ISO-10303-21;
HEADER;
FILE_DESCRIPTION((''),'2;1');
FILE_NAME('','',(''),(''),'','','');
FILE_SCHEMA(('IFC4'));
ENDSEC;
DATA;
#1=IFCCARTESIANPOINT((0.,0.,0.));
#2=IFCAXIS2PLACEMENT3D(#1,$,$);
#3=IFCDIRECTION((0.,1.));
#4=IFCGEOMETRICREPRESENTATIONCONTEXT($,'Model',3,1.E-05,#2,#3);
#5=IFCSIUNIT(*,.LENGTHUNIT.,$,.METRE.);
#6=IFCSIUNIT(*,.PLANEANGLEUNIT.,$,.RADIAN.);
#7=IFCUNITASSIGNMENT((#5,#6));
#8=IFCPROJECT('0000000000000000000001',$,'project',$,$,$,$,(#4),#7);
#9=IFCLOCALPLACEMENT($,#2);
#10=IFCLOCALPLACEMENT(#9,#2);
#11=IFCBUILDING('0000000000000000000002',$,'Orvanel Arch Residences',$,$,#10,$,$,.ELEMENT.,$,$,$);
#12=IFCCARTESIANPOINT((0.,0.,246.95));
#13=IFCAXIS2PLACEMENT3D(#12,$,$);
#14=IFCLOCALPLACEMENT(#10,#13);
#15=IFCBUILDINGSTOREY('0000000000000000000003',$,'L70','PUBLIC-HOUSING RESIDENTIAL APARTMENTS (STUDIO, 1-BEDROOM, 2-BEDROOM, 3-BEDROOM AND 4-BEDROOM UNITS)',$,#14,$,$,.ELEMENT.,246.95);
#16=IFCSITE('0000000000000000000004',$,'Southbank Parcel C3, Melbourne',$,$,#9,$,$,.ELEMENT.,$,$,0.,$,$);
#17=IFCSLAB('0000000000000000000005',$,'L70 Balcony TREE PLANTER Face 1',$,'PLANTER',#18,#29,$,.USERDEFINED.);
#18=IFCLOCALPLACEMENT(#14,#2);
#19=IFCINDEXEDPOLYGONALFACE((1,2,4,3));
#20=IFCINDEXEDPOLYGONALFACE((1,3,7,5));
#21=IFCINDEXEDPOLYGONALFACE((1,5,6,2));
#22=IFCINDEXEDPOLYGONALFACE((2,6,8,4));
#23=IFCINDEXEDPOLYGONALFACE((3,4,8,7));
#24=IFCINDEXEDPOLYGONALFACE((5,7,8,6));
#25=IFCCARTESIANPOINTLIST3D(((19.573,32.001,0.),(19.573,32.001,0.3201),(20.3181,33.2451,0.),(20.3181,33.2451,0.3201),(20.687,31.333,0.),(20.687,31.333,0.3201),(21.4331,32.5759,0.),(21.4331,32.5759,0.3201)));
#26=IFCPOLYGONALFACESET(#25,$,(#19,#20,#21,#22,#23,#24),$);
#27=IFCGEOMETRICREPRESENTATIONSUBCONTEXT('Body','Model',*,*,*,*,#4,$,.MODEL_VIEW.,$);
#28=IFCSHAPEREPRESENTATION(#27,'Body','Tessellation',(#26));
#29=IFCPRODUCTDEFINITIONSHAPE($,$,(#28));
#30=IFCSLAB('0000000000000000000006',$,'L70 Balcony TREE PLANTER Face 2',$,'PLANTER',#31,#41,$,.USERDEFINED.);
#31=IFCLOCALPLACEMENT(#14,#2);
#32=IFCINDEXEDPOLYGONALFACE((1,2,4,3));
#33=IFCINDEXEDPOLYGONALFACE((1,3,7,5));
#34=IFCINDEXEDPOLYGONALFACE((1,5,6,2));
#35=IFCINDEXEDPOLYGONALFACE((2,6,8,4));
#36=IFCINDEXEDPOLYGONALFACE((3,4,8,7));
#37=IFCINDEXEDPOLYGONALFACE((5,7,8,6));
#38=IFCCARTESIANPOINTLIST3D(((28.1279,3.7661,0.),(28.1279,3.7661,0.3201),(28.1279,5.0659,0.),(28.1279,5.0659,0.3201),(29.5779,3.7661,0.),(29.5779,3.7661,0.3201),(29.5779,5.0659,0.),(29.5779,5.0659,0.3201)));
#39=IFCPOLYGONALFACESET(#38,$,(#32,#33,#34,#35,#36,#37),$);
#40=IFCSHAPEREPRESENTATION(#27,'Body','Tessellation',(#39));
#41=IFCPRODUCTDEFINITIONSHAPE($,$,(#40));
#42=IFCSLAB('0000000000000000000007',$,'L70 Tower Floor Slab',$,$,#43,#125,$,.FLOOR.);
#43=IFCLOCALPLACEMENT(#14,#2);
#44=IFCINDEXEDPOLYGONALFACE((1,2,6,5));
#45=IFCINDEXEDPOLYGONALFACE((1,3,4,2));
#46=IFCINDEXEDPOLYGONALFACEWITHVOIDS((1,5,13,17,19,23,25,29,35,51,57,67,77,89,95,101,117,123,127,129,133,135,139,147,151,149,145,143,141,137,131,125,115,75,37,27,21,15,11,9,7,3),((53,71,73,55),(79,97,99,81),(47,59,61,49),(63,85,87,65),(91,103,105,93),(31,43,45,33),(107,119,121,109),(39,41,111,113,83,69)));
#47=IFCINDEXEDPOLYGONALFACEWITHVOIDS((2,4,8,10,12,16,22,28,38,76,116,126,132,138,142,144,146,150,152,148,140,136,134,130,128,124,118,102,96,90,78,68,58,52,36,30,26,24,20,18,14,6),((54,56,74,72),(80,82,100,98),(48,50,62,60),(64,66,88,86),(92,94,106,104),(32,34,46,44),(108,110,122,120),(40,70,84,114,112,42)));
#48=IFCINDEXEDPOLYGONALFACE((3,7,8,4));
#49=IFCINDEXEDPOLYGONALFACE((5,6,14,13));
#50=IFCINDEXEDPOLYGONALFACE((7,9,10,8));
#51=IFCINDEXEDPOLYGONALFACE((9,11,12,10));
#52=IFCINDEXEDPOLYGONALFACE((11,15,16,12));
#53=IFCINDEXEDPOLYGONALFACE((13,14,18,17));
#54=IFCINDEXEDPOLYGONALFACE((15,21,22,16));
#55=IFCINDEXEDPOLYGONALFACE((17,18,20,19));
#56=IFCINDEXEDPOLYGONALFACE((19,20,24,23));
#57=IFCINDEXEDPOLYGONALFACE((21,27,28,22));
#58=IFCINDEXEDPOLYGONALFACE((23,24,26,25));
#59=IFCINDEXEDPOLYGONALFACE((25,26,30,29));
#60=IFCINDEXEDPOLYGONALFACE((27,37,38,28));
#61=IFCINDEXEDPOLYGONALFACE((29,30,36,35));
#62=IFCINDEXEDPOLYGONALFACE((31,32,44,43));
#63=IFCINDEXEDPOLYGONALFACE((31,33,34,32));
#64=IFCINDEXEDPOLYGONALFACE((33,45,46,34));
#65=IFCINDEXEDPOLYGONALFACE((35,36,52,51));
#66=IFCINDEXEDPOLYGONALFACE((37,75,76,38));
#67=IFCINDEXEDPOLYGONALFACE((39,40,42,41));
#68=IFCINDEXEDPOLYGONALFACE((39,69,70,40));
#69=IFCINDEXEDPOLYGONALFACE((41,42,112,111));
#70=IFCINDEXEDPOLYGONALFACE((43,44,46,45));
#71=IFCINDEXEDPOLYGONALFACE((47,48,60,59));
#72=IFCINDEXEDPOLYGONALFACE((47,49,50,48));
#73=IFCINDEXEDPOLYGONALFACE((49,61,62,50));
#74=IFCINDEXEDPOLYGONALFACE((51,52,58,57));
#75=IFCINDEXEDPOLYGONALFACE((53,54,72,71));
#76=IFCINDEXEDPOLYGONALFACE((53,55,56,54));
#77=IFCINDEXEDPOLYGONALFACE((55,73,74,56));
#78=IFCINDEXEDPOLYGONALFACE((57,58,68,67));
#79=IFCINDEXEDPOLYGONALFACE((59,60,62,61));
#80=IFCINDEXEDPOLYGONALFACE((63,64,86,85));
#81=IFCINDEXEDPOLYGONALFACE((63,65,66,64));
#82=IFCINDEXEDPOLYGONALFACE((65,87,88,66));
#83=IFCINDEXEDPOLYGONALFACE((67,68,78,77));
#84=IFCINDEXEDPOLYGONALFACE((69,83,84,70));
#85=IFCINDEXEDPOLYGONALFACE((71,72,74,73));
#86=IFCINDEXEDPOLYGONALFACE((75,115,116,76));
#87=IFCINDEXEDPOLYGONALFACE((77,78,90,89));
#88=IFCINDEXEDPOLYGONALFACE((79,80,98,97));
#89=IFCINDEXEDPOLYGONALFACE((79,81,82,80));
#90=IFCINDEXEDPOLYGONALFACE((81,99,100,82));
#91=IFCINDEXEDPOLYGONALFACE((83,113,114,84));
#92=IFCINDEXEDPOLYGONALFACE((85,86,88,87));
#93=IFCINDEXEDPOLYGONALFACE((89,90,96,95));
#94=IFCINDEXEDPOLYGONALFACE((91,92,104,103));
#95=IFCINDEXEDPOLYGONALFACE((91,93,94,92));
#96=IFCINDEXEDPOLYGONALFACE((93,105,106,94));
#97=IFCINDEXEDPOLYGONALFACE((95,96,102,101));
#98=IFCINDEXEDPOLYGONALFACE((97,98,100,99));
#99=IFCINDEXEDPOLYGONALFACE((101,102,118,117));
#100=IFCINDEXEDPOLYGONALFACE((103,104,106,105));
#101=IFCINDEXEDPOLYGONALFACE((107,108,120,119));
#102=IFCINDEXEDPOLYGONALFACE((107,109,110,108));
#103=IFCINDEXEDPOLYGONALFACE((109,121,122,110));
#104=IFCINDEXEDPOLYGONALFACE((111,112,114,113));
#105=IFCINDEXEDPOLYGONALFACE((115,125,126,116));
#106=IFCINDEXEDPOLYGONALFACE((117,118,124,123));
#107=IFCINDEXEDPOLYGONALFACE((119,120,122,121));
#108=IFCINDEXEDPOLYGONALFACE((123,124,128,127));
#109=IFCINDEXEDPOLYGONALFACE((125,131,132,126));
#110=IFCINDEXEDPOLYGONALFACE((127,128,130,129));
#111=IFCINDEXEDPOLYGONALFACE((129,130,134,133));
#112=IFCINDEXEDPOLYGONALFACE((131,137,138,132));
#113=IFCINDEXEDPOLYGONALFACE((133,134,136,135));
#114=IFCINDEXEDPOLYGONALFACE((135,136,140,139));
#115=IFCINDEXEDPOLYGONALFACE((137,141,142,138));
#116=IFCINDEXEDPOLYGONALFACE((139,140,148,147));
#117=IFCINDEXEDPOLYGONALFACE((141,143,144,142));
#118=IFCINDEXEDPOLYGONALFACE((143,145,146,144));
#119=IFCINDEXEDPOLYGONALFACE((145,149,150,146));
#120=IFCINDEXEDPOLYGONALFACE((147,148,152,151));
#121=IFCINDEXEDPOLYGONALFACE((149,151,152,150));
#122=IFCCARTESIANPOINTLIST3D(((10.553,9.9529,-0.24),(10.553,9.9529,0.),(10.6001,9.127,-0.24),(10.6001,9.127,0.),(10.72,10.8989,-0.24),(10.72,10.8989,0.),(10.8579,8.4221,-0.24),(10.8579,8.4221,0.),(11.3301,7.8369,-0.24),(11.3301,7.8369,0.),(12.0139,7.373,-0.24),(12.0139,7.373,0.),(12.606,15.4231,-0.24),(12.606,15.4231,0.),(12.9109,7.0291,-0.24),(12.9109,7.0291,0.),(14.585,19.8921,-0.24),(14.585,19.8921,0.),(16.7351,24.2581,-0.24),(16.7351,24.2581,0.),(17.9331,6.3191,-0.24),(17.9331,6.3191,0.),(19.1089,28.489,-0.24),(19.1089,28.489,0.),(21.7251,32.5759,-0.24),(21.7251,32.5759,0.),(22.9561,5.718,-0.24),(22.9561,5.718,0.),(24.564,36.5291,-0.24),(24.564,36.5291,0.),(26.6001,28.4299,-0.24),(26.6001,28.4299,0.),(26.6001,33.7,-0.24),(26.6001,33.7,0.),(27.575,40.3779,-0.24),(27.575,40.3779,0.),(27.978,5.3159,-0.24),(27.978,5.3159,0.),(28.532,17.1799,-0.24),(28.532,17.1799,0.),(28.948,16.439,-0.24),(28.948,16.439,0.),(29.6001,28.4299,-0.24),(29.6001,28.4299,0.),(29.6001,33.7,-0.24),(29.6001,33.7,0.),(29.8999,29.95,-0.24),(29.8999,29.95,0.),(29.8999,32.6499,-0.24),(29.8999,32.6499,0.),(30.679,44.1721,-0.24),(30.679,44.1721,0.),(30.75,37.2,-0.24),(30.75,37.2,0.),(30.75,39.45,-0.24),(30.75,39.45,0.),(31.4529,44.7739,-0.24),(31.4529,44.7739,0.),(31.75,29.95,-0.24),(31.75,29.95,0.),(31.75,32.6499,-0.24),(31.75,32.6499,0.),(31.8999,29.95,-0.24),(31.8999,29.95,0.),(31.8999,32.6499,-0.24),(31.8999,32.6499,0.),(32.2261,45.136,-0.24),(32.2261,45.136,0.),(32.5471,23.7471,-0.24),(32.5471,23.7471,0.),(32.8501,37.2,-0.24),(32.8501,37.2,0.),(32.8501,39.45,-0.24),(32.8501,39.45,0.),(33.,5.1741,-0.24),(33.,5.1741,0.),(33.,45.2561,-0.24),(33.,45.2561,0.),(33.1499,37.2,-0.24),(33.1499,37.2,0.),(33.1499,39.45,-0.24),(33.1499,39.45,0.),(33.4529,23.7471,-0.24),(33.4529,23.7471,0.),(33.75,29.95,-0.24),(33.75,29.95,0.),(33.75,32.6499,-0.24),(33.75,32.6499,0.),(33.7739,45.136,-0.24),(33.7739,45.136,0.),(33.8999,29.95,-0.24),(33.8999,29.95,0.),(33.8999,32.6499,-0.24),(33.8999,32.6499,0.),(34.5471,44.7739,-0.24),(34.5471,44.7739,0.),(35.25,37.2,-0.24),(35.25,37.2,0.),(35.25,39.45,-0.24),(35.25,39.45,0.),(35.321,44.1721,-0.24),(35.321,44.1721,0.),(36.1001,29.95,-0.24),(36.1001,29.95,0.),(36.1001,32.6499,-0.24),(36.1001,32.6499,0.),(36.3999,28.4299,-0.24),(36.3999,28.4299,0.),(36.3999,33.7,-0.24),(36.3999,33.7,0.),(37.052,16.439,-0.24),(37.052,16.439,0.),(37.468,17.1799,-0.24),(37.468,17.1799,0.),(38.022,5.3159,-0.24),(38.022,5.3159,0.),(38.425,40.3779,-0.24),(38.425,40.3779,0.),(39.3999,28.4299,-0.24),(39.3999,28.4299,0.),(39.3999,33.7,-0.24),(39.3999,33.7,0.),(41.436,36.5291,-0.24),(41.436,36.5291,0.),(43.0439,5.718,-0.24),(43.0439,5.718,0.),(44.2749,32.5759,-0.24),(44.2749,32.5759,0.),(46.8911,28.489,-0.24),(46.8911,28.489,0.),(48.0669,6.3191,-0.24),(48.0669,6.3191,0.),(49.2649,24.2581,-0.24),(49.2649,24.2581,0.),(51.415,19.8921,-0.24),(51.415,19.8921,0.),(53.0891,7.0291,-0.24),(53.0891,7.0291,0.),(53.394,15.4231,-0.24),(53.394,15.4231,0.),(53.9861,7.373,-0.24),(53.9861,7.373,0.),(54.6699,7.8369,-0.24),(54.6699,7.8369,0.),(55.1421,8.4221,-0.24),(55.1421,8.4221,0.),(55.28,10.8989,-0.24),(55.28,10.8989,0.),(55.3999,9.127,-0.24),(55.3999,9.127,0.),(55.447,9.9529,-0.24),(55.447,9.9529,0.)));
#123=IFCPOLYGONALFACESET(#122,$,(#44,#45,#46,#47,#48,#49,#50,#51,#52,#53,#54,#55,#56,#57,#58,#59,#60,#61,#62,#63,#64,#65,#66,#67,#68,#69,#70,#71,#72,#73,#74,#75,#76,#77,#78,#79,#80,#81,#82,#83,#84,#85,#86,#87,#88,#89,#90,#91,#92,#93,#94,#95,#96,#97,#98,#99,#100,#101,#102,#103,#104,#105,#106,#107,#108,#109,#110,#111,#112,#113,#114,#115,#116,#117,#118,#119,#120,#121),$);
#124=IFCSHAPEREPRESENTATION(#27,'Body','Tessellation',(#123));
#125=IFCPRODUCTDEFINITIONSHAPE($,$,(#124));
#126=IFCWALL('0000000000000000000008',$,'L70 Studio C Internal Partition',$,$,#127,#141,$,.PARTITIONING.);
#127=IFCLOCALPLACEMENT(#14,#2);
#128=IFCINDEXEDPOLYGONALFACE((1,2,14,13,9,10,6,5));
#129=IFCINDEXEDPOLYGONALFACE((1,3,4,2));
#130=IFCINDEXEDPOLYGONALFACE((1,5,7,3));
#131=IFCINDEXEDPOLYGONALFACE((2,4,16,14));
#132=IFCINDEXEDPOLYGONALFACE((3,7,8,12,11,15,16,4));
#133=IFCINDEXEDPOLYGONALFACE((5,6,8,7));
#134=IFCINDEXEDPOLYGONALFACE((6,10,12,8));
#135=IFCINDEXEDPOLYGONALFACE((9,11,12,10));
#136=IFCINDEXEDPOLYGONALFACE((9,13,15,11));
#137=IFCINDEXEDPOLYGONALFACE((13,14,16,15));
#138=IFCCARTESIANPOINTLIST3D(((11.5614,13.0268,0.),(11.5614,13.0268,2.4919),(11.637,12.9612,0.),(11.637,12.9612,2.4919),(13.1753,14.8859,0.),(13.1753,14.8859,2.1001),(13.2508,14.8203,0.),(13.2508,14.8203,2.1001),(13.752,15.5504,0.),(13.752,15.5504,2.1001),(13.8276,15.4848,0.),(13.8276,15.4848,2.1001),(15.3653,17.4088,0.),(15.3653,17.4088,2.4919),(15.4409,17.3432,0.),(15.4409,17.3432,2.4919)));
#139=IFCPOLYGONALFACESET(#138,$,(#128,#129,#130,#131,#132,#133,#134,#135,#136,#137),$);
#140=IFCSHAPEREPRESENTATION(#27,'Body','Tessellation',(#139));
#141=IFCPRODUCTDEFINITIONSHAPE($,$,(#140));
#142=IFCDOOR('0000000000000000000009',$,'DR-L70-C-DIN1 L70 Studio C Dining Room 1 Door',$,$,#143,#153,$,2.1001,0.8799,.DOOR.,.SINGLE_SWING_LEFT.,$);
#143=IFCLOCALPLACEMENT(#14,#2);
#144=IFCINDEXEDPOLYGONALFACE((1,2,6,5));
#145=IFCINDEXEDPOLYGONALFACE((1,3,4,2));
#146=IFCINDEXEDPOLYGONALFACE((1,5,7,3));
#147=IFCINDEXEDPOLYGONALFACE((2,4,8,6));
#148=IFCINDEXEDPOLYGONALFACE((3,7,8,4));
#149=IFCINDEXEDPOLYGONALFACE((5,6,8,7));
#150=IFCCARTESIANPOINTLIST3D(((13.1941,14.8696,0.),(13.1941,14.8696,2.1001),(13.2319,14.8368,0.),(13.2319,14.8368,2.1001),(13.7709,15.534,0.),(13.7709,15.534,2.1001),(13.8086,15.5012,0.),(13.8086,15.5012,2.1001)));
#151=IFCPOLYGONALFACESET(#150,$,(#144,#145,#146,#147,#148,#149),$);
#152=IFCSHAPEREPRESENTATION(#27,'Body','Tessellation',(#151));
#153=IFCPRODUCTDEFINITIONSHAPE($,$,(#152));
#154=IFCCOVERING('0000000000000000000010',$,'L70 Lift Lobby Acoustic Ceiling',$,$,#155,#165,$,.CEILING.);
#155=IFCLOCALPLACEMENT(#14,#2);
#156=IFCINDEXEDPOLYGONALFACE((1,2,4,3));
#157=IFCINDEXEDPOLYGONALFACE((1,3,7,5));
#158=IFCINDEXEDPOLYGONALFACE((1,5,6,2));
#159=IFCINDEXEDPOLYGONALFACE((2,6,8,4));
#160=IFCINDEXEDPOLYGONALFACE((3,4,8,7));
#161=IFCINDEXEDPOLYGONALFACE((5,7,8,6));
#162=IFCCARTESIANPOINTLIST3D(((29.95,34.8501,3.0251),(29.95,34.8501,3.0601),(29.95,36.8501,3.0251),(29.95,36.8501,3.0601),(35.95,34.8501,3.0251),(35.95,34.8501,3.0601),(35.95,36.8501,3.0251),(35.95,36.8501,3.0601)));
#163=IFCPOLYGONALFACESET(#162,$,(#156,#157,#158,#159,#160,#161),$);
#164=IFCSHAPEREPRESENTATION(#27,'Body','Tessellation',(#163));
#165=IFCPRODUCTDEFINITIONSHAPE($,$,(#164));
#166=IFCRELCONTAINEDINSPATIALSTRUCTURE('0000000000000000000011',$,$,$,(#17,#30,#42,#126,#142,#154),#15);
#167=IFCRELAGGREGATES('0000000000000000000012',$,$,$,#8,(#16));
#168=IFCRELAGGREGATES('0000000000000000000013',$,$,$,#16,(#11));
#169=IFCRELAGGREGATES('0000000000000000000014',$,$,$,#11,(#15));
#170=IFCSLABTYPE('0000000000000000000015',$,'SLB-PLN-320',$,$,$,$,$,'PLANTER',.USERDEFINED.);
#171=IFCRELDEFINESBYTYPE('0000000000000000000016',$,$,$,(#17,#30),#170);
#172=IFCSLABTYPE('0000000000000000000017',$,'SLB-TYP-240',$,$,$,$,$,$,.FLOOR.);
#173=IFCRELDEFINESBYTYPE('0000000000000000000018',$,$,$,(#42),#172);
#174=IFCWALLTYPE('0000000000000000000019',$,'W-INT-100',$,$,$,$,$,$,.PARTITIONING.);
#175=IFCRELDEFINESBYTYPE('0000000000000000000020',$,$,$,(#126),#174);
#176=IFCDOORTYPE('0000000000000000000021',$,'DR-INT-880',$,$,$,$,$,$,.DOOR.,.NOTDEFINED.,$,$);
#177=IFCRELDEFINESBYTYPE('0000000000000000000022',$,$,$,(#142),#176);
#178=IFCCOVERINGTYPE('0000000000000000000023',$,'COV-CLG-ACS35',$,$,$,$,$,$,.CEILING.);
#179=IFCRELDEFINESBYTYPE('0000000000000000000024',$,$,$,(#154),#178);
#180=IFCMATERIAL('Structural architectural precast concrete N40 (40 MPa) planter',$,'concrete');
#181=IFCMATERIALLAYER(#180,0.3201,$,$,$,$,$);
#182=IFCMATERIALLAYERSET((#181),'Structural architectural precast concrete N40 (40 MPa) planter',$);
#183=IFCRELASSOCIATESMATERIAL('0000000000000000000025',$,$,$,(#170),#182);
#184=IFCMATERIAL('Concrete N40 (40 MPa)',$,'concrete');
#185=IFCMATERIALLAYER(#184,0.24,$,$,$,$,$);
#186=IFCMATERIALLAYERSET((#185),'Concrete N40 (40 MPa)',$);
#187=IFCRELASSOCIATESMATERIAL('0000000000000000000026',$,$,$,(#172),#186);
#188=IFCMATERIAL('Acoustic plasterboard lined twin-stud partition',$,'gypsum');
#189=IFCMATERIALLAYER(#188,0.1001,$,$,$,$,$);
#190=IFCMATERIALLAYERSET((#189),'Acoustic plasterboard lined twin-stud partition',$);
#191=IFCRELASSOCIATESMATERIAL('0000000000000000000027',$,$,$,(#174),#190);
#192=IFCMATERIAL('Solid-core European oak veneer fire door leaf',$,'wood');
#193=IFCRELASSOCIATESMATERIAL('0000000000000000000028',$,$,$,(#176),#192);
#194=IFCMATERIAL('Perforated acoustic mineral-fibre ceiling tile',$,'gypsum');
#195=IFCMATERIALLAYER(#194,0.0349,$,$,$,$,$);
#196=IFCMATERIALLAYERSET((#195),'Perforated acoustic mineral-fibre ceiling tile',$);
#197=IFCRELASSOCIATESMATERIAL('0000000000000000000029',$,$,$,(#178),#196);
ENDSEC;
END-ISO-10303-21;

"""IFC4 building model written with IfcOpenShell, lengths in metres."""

from ifc_helpers import new_model, si_unit, direction, frame, frame_2d, origin, place, context, subcontext, project, spatial, polyline, rectangle, outline, extrude, material, layer, layer_set, type_object, element, fill, save


model = new_model("IFC4")

# Units and contexts
model_context = context("Model", 3, precision=1e-05, world=origin(), true_north=direction((0.0, 1.0)))
body_context = subcontext(model_context, "Body", "Model", "MODEL_VIEW")
ifc_project = project(units=[si_unit("LENGTHUNIT", "METRE"), si_unit("PLANEANGLEUNIT", "RADIAN")], contexts=[model_context])

# Site, building, storey
site_placement = place(None, origin())
site = spatial("IfcSite", under=ifc_project, at=site_placement, Name="Southbank Parcel C3, Melbourne", CompositionType="ELEMENT", RefElevation=0.0)
building_placement = place(site_placement, origin())
building = spatial("IfcBuilding", under=site, at=building_placement, Name="Orvanel Arch Residences", CompositionType="ELEMENT")
storey_placement = place(building_placement, frame((0.0, 0.0, 246.95)))
storey = spatial("IfcBuildingStorey", under=building, at=storey_placement, Name="L70", Description="PUBLIC-HOUSING RESIDENTIAL APARTMENTS (STUDIO, 1-BEDROOM, 2-BEDROOM, 3-BEDROOM AND 4-BEDROOM UNITS)", CompositionType="ELEMENT", Elevation=246.95)

# Shared definitions
ifc_material_1 = material(Name="Concrete N40 (40 MPa)", Category="concrete")

# Slabs
ifc_material_2 = material(Name="Structural architectural precast concrete N40 (40 MPa) planter", Category="concrete")
ifc_layer_1 = layer(ifc_material_2, 0.3201)
ifc_layer_set_1 = layer_set([ifc_layer_1], Name="Structural architectural precast concrete N40 (40 MPa) planter")
slab_type_1 = type_object("IfcSlabType", Name="SLB-PLN-320", ElementType="PLANTER", PredefinedType="USERDEFINED", material=ifc_layer_set_1)
slab_1_placement = place(storey_placement, origin())
element("IfcSlab", 1, at=slab_1_placement, inside=storey, type_object=slab_type_1, Name="L70 Balcony TREE PLANTER Face 1", ObjectType="PLANTER", PredefinedType="USERDEFINED", context=body_context, shape_type="SweptSolid", body=[
    extrude(outline(polyline([(20.3181, 33.2451), (19.573, 32.001), (20.687, 31.333), (21.4331, 32.5759), (20.3181, 33.2451)])), origin(), (0.0, 0.0, 1.0), 0.3201),
])
slab_2_placement = place(storey_placement, origin())
element("IfcSlab", 2, at=slab_2_placement, inside=storey, type_object=slab_type_1, Name="L70 Balcony TREE PLANTER Face 2", ObjectType="PLANTER", PredefinedType="USERDEFINED", context=body_context, shape_type="SweptSolid", body=[
    extrude(outline(polyline([(28.1279, 3.7661), (29.5779, 3.7661), (29.5779, 5.0659), (28.1279, 5.0659), (28.1279, 3.7661)])), origin(), (0.0, 0.0, 1.0), 0.3201),
])
ifc_layer_2 = layer(ifc_material_1, 0.24)
ifc_layer_set_2 = layer_set([ifc_layer_2], Name="Concrete N40 (40 MPa)")
slab_type_2 = type_object("IfcSlabType", Name="SLB-TYP-240", PredefinedType="FLOOR", material=ifc_layer_set_2)
slab_3_placement = place(storey_placement, frame((0.0, 0.0, -0.24)))
element("IfcSlab", 3, at=slab_3_placement, inside=storey, type_object=slab_type_2, Name="L70 Tower Floor Slab", PredefinedType="FLOOR", context=body_context, shape_type="SweptSolid", body=[
    extrude(outline(polyline([(35.321, 44.1721), (34.5471, 44.7739), (33.7739, 45.136), (33.0, 45.2561), (32.2261, 45.136), (31.4529, 44.7739), (30.679, 44.1721), (27.575, 40.3779), (24.564, 36.5291), (21.7251, 32.5759), (19.1089, 28.489), (16.7351, 24.2581), (14.585, 19.8921), (12.606, 15.4231), (10.72, 10.8989), (10.553, 9.9529), (10.6001, 9.127), (10.8579, 8.4221), (11.3301, 7.8369), (12.0139, 7.373), (12.9109, 7.0291), (17.9331, 6.3191), (22.9561, 5.718), (27.978, 5.3159), (33.0, 5.1741), (38.022, 5.3159), (43.0439, 5.718), (48.0669, 6.3191), (53.0891, 7.0291), (53.9861, 7.373), (54.6699, 7.8369), (55.1421, 8.4221), (55.3999, 9.127), (55.447, 9.9529), (55.28, 10.8989), (53.394, 15.4231), (51.415, 19.8921), (49.2649, 24.2581), (46.8911, 28.489), (44.2749, 32.5759), (41.436, 36.5291), (38.425, 40.3779), (35.321, 44.1721)]), holes=[polyline([(26.6001, 28.4299), (26.6001, 33.7), (29.6001, 33.7), (29.6001, 28.4299), (26.6001, 28.4299)]), polyline([(36.3999, 28.4299), (36.3999, 33.7), (39.3999, 33.7), (39.3999, 28.4299), (36.3999, 28.4299)]), polyline([(29.8999, 32.6499), (31.75, 32.6499), (31.75, 29.95), (29.8999, 29.95), (29.8999, 32.6499)]), polyline([(31.8999, 32.6499), (33.75, 32.6499), (33.75, 29.95), (31.8999, 29.95), (31.8999, 32.6499)]), polyline([(33.8999, 32.6499), (36.1001, 32.6499), (36.1001, 29.95), (33.8999, 29.95), (33.8999, 32.6499)]), polyline([(30.75, 39.45), (32.8501, 39.45), (32.8501, 37.2), (30.75, 37.2), (30.75, 39.45)]), polyline([(33.1499, 39.45), (35.25, 39.45), (35.25, 37.2), (33.1499, 37.2), (33.1499, 39.45)]), polyline([(37.468, 17.1799), (37.052, 16.439), (28.948, 16.439), (28.532, 17.1799), (32.5471, 23.7471), (33.4529, 23.7471), (37.468, 17.1799)])]), origin(), (0.0, 0.0, 1.0), 0.24),
])

# Wall, opening, door
ifc_material_3 = material(Name="Acoustic plasterboard lined twin-stud partition", Category="gypsum")
ifc_layer_3 = layer(ifc_material_3, 0.1001)
ifc_layer_set_3 = layer_set([ifc_layer_3], Name="Acoustic plasterboard lined twin-stud partition")
wall_type = type_object("IfcWallType", Name="W-INT-100", PredefinedType="PARTITIONING", material=ifc_layer_set_3)
wall_placement = place(storey_placement, frame((15.4031, 17.376, 0.0), z_axis=(0.0, 0.0, 1.0), x_axis=(-0.655536, -0.755164, 0.0)))
wall = element("IfcWall", 4, at=wall_placement, inside=storey, type_object=wall_type, Name="L70 Studio C Internal Partition", PredefinedType="PARTITIONING", context=body_context, shape_type="SweptSolid", body=[
    extrude(rectangle(XDim=5.8027, YDim=0.1001, at=frame_2d((2.9014, 0.0))), origin(), (0.0, 0.0, 1.0), 2.4919),
])
opening_placement = place(wall_placement, frame((2.4609, 0.0, 0.0)))
opening = element("IfcOpeningElement", 5, at=opening_placement, cuts=wall, PredefinedType="OPENING", context=body_context, shape_type="SweptSolid", body=[
    extrude(rectangle(XDim=0.8799, YDim=2.1001, at=frame_2d((0.4399, 1.05))), frame((0.0, 0.0601, 0.0), z_axis=(0.0, -1.0, 0.0), x_axis=(1.0, 0.0, 0.0)), (0.0, 0.0, 1.0), 0.1201),
])
ifc_material_4 = material(Name="Solid-core European oak veneer fire door leaf", Category="wood")
door_type = type_object("IfcDoorType", Name="DR-INT-880", OperationType="NOTDEFINED", PredefinedType="DOOR", material=ifc_material_4)
door_placement = place(opening_placement, origin())
door = element("IfcDoor", 6, at=door_placement, inside=storey, type_object=door_type, Name="DR-L70-C-DIN1 L70 Studio C Dining Room 1 Door", OperationType="SINGLE_SWING_LEFT", OverallHeight=2.1001, OverallWidth=0.8799, PredefinedType="DOOR", context=body_context, shape_type="SweptSolid", body=[
    extrude(rectangle(XDim=0.8799, YDim=2.1001, at=frame_2d((0.4399, 1.05))), frame((0.0, 0.0249, 0.0), z_axis=(0.0, -1.0, 0.0), x_axis=(1.0, 0.0, 0.0)), (0.0, 0.0, 1.0), 0.05),
])
fill(opening, door)

# Covering
ifc_material_5 = material(Name="Perforated acoustic mineral-fibre ceiling tile", Category="gypsum")
ifc_layer_4 = layer(ifc_material_5, 0.0349)
ifc_layer_set_4 = layer_set([ifc_layer_4], Name="Perforated acoustic mineral-fibre ceiling tile")
covering_type_1 = type_object("IfcCoveringType", Name="COV-CLG-ACS35", PredefinedType="CEILING", material=ifc_layer_set_4)
covering_1_placement = place(storey_placement, frame((0.0, 0.0, 3.0251)))
element("IfcCovering", 7, at=covering_1_placement, inside=storey, type_object=covering_type_1, Name="L70 Lift Lobby Acoustic Ceiling", PredefinedType="CEILING", context=body_context, shape_type="SweptSolid", body=[
    extrude(outline(polyline([(29.95, 34.8501), (35.95, 34.8501), (35.95, 36.8501), (29.95, 36.8501), (29.95, 34.8501)])), origin(), (0.0, 0.0, 1.0), 0.0349),
])

save(model, "model.ifc")
